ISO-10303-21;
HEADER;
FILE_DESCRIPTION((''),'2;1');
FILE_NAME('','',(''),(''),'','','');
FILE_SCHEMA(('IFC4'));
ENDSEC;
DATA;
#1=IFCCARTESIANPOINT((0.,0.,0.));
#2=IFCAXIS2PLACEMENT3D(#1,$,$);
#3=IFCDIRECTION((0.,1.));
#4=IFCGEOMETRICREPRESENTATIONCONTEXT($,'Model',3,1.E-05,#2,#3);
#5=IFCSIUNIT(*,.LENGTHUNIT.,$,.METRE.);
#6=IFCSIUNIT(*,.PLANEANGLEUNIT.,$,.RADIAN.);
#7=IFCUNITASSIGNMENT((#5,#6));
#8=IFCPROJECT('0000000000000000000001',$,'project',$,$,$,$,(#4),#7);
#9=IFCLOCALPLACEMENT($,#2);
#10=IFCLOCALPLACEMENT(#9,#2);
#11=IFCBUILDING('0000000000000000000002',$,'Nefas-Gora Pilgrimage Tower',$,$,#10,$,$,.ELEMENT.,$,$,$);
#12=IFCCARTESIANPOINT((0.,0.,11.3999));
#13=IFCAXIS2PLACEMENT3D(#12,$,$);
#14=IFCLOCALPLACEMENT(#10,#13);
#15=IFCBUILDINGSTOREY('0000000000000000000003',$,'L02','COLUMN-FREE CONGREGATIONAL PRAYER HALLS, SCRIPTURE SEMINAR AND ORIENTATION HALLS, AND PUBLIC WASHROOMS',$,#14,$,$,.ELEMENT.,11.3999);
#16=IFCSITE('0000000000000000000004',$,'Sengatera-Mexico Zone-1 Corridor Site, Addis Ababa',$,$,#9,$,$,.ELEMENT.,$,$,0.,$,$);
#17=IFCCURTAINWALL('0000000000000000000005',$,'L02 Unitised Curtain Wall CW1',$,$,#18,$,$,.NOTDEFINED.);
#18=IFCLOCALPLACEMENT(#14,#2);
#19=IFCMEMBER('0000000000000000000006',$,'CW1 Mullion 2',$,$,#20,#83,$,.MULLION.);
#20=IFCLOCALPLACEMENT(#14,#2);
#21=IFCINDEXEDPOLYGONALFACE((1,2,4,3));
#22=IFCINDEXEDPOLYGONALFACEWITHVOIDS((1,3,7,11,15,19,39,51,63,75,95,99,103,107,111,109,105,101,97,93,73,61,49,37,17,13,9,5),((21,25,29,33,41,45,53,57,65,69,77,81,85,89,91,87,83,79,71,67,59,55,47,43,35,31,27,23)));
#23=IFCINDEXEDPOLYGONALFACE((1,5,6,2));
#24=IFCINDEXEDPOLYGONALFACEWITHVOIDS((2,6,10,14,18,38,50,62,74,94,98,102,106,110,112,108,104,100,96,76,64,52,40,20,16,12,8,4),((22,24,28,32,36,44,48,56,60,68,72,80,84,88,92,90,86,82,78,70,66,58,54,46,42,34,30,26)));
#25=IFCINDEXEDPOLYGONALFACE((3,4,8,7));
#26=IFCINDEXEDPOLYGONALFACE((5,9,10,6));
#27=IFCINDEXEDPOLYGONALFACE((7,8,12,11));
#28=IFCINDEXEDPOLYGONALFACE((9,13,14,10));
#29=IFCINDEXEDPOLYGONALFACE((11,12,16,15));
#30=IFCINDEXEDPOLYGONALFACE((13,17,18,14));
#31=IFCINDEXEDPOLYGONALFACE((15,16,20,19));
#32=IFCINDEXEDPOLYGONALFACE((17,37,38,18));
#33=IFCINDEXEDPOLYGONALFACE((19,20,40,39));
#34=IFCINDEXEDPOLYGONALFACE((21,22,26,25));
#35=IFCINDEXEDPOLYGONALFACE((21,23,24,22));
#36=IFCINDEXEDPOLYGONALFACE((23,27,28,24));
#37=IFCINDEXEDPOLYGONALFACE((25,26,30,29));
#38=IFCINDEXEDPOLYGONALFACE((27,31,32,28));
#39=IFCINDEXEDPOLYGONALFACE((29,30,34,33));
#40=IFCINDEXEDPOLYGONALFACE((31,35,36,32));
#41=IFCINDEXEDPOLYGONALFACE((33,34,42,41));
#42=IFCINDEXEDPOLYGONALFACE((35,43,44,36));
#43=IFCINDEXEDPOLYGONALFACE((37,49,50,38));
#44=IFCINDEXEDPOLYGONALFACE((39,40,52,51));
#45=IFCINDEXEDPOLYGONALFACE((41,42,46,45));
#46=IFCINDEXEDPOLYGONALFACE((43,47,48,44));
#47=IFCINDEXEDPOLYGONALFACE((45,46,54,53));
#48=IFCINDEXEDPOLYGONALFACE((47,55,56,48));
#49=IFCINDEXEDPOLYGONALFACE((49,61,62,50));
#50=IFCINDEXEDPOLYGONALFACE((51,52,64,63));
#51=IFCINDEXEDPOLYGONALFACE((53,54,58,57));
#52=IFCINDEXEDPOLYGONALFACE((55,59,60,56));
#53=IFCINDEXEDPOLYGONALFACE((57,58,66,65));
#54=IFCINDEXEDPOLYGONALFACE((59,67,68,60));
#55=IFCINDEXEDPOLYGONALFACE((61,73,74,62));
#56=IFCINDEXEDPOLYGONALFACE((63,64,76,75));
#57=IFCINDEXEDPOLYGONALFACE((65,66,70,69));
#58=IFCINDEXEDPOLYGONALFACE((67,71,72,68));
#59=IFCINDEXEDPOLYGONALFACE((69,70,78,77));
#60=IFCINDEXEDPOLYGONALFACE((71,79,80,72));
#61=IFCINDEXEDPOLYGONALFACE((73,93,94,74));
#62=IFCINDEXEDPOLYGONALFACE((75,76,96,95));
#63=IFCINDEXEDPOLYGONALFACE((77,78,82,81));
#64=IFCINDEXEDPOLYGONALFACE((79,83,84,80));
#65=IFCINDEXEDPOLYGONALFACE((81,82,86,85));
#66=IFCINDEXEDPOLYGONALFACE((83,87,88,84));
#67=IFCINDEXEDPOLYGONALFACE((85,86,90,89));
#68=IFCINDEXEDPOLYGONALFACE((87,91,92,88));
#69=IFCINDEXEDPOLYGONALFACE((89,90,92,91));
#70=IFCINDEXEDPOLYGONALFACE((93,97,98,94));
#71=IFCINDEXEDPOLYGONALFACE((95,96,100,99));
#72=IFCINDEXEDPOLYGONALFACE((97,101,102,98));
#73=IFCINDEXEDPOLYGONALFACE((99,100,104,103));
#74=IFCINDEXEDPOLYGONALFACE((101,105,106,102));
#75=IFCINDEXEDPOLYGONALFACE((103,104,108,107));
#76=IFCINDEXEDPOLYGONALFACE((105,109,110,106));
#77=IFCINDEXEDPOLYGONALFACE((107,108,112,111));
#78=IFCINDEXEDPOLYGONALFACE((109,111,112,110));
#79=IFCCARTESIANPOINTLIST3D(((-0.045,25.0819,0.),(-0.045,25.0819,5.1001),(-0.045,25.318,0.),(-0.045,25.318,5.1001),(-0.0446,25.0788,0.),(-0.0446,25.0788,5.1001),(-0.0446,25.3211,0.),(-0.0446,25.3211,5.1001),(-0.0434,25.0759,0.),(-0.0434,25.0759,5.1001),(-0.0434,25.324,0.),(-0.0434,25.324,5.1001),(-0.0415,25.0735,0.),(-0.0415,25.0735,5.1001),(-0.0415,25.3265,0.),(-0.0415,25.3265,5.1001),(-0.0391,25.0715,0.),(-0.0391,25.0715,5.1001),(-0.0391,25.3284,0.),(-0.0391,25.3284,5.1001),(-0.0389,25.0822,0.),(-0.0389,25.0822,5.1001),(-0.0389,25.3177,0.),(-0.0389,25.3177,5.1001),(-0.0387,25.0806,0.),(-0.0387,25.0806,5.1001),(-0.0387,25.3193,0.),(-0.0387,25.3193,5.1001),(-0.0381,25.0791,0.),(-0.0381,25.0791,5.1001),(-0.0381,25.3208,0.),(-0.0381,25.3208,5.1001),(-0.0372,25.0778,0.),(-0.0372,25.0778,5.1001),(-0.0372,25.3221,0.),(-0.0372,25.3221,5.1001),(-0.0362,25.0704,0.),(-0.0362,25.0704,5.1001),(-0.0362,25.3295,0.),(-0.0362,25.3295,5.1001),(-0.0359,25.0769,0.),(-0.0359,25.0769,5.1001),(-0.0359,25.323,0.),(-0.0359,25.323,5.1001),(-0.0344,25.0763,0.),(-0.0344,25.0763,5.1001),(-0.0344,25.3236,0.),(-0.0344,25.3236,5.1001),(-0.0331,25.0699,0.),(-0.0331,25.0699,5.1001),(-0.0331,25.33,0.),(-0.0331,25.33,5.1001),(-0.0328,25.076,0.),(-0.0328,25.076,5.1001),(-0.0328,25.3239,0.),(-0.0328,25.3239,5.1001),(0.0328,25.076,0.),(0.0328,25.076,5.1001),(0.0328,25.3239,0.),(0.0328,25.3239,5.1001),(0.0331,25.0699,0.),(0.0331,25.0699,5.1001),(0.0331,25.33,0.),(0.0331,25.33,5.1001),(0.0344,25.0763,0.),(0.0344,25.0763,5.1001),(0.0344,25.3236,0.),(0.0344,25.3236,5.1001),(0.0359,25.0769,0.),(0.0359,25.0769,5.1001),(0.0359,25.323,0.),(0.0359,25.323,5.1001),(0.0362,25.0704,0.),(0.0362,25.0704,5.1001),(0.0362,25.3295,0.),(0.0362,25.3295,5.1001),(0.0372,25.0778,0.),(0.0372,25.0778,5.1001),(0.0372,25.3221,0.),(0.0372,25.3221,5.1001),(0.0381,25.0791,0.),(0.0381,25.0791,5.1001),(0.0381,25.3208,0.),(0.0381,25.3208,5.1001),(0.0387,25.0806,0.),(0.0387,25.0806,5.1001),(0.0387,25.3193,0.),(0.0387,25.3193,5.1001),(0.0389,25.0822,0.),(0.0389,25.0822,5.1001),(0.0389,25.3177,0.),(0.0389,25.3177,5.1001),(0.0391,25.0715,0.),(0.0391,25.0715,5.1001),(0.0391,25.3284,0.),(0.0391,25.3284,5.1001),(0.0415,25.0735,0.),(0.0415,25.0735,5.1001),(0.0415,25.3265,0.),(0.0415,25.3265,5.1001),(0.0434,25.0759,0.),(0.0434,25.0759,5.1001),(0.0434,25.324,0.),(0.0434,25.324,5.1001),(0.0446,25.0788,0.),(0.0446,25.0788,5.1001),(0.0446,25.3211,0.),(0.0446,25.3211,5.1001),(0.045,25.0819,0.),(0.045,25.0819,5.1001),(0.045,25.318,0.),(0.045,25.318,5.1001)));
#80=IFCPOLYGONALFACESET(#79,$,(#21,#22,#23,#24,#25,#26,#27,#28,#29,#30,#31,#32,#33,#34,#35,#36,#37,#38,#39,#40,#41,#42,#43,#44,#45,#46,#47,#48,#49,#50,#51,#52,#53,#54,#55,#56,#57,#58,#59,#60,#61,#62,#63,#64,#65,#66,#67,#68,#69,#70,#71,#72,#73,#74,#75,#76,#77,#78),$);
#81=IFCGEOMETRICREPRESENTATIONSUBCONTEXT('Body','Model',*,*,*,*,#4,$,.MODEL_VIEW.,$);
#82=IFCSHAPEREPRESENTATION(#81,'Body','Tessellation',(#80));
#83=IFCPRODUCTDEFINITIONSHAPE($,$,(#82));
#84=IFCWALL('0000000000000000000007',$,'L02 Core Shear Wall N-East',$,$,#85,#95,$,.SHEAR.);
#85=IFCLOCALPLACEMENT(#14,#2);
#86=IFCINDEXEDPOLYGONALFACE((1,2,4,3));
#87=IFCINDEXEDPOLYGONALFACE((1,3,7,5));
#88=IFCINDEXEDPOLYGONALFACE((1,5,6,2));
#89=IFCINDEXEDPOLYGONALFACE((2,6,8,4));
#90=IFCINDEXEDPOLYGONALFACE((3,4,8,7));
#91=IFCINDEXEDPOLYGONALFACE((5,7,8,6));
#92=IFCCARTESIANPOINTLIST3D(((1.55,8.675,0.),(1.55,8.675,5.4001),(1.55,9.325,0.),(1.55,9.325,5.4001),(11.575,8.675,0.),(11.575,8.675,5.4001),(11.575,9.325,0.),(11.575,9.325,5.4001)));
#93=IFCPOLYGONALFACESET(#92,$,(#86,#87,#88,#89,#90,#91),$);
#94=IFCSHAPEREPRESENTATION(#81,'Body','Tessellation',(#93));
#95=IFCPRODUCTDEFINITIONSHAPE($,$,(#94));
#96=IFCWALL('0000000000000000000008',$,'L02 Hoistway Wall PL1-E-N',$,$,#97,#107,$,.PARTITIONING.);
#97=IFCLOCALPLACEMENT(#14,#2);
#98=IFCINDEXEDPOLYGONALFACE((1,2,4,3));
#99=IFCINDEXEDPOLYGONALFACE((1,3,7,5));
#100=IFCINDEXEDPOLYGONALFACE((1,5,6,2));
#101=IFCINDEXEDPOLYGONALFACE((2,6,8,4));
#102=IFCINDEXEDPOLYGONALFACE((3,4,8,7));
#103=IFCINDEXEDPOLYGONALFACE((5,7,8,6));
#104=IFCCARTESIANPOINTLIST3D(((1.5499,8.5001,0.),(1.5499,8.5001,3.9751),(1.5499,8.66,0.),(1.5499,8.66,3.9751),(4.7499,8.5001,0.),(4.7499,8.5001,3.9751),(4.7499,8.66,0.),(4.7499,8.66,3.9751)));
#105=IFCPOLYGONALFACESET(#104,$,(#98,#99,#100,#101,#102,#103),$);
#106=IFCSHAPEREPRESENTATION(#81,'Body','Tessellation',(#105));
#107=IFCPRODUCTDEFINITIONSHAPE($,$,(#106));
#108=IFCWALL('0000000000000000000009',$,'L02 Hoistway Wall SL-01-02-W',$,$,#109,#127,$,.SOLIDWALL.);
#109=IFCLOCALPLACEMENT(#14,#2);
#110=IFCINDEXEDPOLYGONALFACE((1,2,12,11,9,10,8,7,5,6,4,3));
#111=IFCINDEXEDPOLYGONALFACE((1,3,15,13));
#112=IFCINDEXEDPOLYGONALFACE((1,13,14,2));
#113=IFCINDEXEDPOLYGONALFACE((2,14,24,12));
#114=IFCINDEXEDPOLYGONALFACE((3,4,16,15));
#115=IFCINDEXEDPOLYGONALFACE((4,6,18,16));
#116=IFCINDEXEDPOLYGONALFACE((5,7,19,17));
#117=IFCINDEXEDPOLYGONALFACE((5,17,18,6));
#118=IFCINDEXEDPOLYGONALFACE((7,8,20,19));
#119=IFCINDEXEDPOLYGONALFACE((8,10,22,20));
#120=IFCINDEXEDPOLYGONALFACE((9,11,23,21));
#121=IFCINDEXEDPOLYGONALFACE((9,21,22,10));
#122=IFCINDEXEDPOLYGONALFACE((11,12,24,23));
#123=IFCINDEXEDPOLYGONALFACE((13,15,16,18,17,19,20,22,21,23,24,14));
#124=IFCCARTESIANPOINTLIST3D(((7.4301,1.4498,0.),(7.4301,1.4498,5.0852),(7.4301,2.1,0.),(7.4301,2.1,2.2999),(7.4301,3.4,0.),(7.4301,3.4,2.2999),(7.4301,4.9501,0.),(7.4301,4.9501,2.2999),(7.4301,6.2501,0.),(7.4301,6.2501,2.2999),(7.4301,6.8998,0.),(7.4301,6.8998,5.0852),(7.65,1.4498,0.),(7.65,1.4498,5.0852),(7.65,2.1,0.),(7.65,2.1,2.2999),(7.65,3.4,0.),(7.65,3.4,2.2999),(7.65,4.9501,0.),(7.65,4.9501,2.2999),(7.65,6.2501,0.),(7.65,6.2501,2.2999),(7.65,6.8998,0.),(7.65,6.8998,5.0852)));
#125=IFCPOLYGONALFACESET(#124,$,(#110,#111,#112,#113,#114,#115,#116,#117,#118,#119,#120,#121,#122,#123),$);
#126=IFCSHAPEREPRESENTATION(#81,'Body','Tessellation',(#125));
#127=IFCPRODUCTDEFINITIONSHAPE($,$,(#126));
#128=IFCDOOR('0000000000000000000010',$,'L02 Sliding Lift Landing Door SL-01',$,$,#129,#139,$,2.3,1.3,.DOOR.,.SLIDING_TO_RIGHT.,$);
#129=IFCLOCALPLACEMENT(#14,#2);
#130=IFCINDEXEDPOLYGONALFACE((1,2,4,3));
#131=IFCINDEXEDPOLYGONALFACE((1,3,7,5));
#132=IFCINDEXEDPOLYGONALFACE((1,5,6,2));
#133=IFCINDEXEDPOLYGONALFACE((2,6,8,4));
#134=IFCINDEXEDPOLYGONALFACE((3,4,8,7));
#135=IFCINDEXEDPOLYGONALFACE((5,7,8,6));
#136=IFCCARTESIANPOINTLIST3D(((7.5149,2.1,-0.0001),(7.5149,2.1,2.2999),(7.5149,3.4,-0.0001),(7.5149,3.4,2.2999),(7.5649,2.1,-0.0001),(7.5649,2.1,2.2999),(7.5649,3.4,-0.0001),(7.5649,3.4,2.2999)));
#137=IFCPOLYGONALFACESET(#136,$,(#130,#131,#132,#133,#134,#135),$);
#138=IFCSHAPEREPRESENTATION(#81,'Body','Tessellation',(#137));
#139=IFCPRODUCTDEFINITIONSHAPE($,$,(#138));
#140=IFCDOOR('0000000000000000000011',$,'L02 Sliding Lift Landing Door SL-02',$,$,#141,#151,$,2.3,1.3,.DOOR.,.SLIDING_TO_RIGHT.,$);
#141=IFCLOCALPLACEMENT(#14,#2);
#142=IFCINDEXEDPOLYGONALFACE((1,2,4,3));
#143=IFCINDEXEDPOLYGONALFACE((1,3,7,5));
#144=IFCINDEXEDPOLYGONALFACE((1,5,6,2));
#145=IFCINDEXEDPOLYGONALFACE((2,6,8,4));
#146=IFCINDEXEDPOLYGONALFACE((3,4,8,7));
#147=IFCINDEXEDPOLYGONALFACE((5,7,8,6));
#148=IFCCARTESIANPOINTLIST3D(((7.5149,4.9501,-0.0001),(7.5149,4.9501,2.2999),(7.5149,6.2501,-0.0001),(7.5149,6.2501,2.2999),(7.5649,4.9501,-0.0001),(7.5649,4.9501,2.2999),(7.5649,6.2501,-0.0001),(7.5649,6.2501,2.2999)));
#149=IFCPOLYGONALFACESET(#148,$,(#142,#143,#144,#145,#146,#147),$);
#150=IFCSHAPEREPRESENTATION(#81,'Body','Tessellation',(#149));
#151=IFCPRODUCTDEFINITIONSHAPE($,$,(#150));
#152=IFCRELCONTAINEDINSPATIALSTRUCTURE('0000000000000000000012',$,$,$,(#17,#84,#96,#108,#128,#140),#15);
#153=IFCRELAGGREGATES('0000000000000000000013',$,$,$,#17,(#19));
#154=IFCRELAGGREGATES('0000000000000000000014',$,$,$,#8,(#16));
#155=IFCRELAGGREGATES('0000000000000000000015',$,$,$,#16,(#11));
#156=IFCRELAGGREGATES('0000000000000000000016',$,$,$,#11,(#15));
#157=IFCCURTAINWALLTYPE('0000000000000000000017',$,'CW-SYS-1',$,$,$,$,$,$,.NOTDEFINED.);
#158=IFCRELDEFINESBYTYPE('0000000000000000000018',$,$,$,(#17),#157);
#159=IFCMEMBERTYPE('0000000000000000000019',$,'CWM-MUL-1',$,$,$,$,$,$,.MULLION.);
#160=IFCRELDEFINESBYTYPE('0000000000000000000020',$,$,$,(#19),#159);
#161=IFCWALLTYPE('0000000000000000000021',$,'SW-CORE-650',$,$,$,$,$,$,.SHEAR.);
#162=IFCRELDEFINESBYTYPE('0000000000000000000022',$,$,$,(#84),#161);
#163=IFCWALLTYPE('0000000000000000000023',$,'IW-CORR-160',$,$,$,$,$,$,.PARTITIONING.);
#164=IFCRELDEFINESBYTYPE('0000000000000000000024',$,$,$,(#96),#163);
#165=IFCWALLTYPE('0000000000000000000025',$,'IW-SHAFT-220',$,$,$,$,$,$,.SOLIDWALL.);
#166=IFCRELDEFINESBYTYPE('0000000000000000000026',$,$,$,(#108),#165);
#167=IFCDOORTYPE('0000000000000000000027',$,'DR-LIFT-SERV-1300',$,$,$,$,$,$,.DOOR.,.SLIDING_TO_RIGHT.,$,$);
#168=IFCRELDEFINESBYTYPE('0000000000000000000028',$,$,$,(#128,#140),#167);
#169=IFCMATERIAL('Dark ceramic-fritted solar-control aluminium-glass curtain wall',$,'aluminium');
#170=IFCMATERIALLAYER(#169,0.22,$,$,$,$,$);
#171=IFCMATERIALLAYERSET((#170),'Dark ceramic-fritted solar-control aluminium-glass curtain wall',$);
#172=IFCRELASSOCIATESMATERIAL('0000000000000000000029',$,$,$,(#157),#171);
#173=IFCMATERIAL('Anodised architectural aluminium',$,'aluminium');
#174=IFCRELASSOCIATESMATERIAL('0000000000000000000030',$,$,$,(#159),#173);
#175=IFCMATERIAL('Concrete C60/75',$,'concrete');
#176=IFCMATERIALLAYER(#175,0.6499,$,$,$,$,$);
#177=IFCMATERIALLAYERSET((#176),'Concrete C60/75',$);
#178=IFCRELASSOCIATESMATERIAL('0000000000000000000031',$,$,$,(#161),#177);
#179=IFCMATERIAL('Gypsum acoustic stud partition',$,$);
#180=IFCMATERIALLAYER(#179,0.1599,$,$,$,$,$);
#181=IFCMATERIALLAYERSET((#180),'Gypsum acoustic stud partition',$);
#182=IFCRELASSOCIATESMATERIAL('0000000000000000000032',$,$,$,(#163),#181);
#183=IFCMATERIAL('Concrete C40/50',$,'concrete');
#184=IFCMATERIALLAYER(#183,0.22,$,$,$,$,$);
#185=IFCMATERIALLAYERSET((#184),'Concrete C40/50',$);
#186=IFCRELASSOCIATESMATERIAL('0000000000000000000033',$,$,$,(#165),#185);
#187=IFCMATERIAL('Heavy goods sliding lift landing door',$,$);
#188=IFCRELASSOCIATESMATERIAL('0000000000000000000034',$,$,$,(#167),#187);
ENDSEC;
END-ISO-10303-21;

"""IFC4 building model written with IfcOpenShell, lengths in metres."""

from ifc_helpers import new_model, si_unit, direction, frame, frame_2d, origin, origin_2d, place, context, subcontext, project, spatial, rectangle, hollow_rectangle, extrude, source, transform, mapped, material, layer, layer_set, material_profile, profile_set, type_object, element, fill, aggregate, save


model = new_model("IFC4")

# Units and contexts
model_context = context("Model", 3, precision=1e-05, world=origin(), true_north=direction((0.0, 1.0)))
body_context = subcontext(model_context, "Body", "Model", "MODEL_VIEW")
ifc_project = project(units=[si_unit("LENGTHUNIT", "METRE"), si_unit("PLANEANGLEUNIT", "RADIAN")], contexts=[model_context])

# Site, building, storey
site_placement = place(None, origin())
site = spatial("IfcSite", under=ifc_project, at=site_placement, Name="Sengatera-Mexico Zone-1 Corridor Site, Addis Ababa", CompositionType="ELEMENT", RefElevation=0.0)
building_placement = place(site_placement, origin())
building = spatial("IfcBuilding", under=site, at=building_placement, Name="Nefas-Gora Pilgrimage Tower", CompositionType="ELEMENT")
storey_placement = place(building_placement, frame((0.0, 0.0, 11.3999)))
storey = spatial("IfcBuildingStorey", under=building, at=storey_placement, Name="L02", Description="COLUMN-FREE CONGREGATIONAL PRAYER HALLS, SCRIPTURE SEMINAR AND ORIENTATION HALLS, AND PUBLIC WASHROOMS", CompositionType="ELEMENT", Elevation=11.3999)

# Curtain wall, member
ifc_material_1 = material(Name="Dark ceramic-fritted solar-control aluminium-glass curtain wall", Category="aluminium")
ifc_layer_1 = layer(ifc_material_1, 0.22)
ifc_layer_set_1 = layer_set([ifc_layer_1], Name="Dark ceramic-fritted solar-control aluminium-glass curtain wall")
curtain_wall_type = type_object("IfcCurtainWallType", Name="CW-SYS-1", PredefinedType="NOTDEFINED", material=ifc_layer_set_1)
curtain_wall_placement = place(storey_placement, origin())
curtain_wall = element("IfcCurtainWall", 1, at=curtain_wall_placement, inside=storey, type_object=curtain_wall_type, Name="L02 Unitised Curtain Wall CW1", PredefinedType="NOTDEFINED")
ifc_material_2 = material(Name="Anodised architectural aluminium", Category="aluminium")
ifc_material_profile_1 = material_profile(ifc_material_2, hollow_rectangle(XDim=0.0901, YDim=0.26, WallThickness=0.0061, InnerFilletRadius=0.0061, OuterFilletRadius=0.012, at=origin_2d()), Name="ALU MULLION 90x260")
ifc_profile_set_1 = profile_set([ifc_material_profile_1], Name="Anodised architectural aluminium")
member_type = type_object("IfcMemberType", Name="CWM-MUL-1", PredefinedType="MULLION", material=ifc_profile_set_1)
shared_shape_1 = source(origin(), body_context, "Body", "SweptSolid", [
    extrude(hollow_rectangle(XDim=0.0901, YDim=0.26, WallThickness=0.0061, InnerFilletRadius=0.0061, OuterFilletRadius=0.012, at=origin_2d()), origin(), (0.0, 0.0, 1.0), 5.1001),
])
member_placement = place(storey_placement, frame((0.0, 25.2, 0.0), z_axis=(0.0, 0.0, 1.0), x_axis=(-1.0, 0.0, 0.0)))
member = element("IfcMember", 2, at=member_placement, type_object=member_type, Name="CW1 Mullion 2", PredefinedType="MULLION", context=body_context, shape_type="MappedRepresentation", body=[
    mapped(shared_shape_1, transform((0.0, 0.0, 0.0), x_axis=(1.0, 0.0, 0.0), y_axis=(0.0, 1.0, 0.0), z_axis=(0.0, 0.0, 1.0), scale=1.0)),
])
aggregate(curtain_wall, [member])

# Walls
ifc_material_3 = material(Name="Concrete C60/75", Category="concrete")
ifc_layer_2 = layer(ifc_material_3, 0.6499)
ifc_layer_set_2 = layer_set([ifc_layer_2], Name="Concrete C60/75")
wall_type_1 = type_object("IfcWallType", Name="SW-CORE-650", PredefinedType="SHEAR", material=ifc_layer_set_2)
shared_shape_2 = source(origin(), body_context, "Body", "SweptSolid", [
    extrude(rectangle(XDim=10.0249, YDim=0.6499, at=frame_2d((5.0125, 0.0))), origin(), (0.0, 0.0, 1.0), 5.4001),
])
wall_1_placement = place(storey_placement, frame((1.55, 9.0, 0.0), z_axis=(0.0, 0.0, 1.0), x_axis=(1.0, 0.0, 0.0)))
element("IfcWall", 3, at=wall_1_placement, inside=storey, type_object=wall_type_1, Name="L02 Core Shear Wall N-East", PredefinedType="SHEAR", context=body_context, shape_type="MappedRepresentation", body=[
    mapped(shared_shape_2, transform((0.0, 0.0, 0.0), x_axis=(1.0, 0.0, 0.0), y_axis=(0.0, 1.0, 0.0), z_axis=(0.0, 0.0, 1.0), scale=1.0)),
])
ifc_material_4 = material(Name="Gypsum acoustic stud partition")
ifc_layer_3 = layer(ifc_material_4, 0.1599)
ifc_layer_set_3 = layer_set([ifc_layer_3], Name="Gypsum acoustic stud partition")
wall_type_2 = type_object("IfcWallType", Name="IW-CORR-160", PredefinedType="PARTITIONING", material=ifc_layer_set_3)
shared_shape_3 = source(origin(), body_context, "Body", "SweptSolid", [
    extrude(rectangle(XDim=3.2, YDim=0.1599, at=frame_2d((1.6001, 0.0))), origin(), (0.0, 0.0, 1.0), 3.9751),
])
wall_2_placement = place(storey_placement, frame((4.75, 8.5801, 0.0), z_axis=(0.0, 0.0, 1.0), x_axis=(-1.0, 0.0, 0.0)))
element("IfcWall", 4, at=wall_2_placement, inside=storey, type_object=wall_type_2, Name="L02 Hoistway Wall PL1-E-N", PredefinedType="PARTITIONING", context=body_context, shape_type="MappedRepresentation", body=[
    mapped(shared_shape_3, transform((0.0, 0.0, 0.0), x_axis=(1.0, 0.0, 0.0), y_axis=(0.0, 1.0, 0.0), z_axis=(0.0, 0.0, 1.0), scale=1.0)),
])

# Wall, openings, doors
ifc_material_5 = material(Name="Concrete C40/50", Category="concrete")
ifc_layer_4 = layer(ifc_material_5, 0.22)
ifc_layer_set_4 = layer_set([ifc_layer_4], Name="Concrete C40/50")
wall_type_3 = type_object("IfcWallType", Name="IW-SHAFT-220", PredefinedType="SOLIDWALL", material=ifc_layer_set_4)
shared_shape_4 = source(origin(), body_context, "Body", "SweptSolid", [
    extrude(rectangle(XDim=5.45, YDim=0.22, at=frame_2d((2.7251, 0.0))), origin(), (0.0, 0.0, 1.0), 5.0852),
])
wall_3_placement = place(storey_placement, frame((7.54, 6.8999, 0.0), z_axis=(0.0, 0.0, 1.0), x_axis=(0.0, -1.0, 0.0)))
wall_3 = element("IfcWall", 5, at=wall_3_placement, inside=storey, type_object=wall_type_3, Name="L02 Hoistway Wall SL-01-02-W", PredefinedType="SOLIDWALL", context=body_context, shape_type="MappedRepresentation", body=[
    mapped(shared_shape_4, transform((0.0, 0.0, 0.0), x_axis=(1.0, 0.0, 0.0), y_axis=(0.0, 1.0, 0.0), z_axis=(0.0, 0.0, 1.0), scale=1.0)),
])
opening_1_placement = place(wall_3_placement, frame((3.5, 0.0, 0.0)))
opening_1 = element("IfcOpeningElement", 6, at=opening_1_placement, cuts=wall_3, PredefinedType="OPENING", context=body_context, shape_type="SweptSolid", body=[
    extrude(rectangle(XDim=1.3, YDim=2.3, at=frame_2d((0.6499, 1.1499))), frame((0.0, 0.1199, 0.0), z_axis=(0.0, -1.0, 0.0), x_axis=(1.0, 0.0, 0.0)), (0.0, 0.0, 1.0), 0.24),
])
opening_2_placement = place(wall_3_placement, frame((0.6499, 0.0, 0.0)))
opening_2 = element("IfcOpeningElement", 7, at=opening_2_placement, cuts=wall_3, PredefinedType="OPENING", context=body_context, shape_type="SweptSolid", body=[
    extrude(rectangle(XDim=1.3, YDim=2.3, at=frame_2d((0.6499, 1.1499))), frame((0.0, 0.1199, 0.0), z_axis=(0.0, -1.0, 0.0), x_axis=(1.0, 0.0, 0.0)), (0.0, 0.0, 1.0), 0.24),
])
ifc_material_6 = material(Name="Heavy goods sliding lift landing door")
door_type_1 = type_object("IfcDoorType", Name="DR-LIFT-SERV-1300", OperationType="SLIDING_TO_RIGHT", PredefinedType="DOOR", material=ifc_material_6)
shared_shape_5 = source(origin(), body_context, "Body", "SweptSolid", [
    extrude(rectangle(XDim=1.3, YDim=2.3, at=frame_2d((0.6499, 1.1499))), frame((0.0, 0.0249, 0.0), z_axis=(0.0, -1.0, 0.0), x_axis=(1.0, 0.0, 0.0)), (0.0, 0.0, 1.0), 0.05),
])
door_1_placement = place(opening_1_placement, origin())
door_1 = element("IfcDoor", 8, at=door_1_placement, inside=storey, type_object=door_type_1, Name="L02 Sliding Lift Landing Door SL-01", OperationType="SLIDING_TO_RIGHT", OverallHeight=2.3, OverallWidth=1.3, PredefinedType="DOOR", context=body_context, shape_type="MappedRepresentation", body=[
    mapped(shared_shape_5, transform((0.0, 0.0, 0.0), x_axis=(1.0, 0.0, 0.0), y_axis=(0.0, 1.0, 0.0), z_axis=(0.0, 0.0, 1.0), scale=1.0)),
])
fill(opening_1, door_1)
door_2_placement = place(opening_2_placement, origin())
door_2 = element("IfcDoor", 9, at=door_2_placement, inside=storey, type_object=door_type_1, Name="L02 Sliding Lift Landing Door SL-02", OperationType="SLIDING_TO_RIGHT", OverallHeight=2.3, OverallWidth=1.3, PredefinedType="DOOR", context=body_context, shape_type="MappedRepresentation", body=[
    mapped(shared_shape_5, transform((0.0, 0.0, 0.0), x_axis=(1.0, 0.0, 0.0), y_axis=(0.0, 1.0, 0.0), z_axis=(0.0, 0.0, 1.0), scale=1.0)),
])
fill(opening_2, door_2)

save(model, "model.ifc")
